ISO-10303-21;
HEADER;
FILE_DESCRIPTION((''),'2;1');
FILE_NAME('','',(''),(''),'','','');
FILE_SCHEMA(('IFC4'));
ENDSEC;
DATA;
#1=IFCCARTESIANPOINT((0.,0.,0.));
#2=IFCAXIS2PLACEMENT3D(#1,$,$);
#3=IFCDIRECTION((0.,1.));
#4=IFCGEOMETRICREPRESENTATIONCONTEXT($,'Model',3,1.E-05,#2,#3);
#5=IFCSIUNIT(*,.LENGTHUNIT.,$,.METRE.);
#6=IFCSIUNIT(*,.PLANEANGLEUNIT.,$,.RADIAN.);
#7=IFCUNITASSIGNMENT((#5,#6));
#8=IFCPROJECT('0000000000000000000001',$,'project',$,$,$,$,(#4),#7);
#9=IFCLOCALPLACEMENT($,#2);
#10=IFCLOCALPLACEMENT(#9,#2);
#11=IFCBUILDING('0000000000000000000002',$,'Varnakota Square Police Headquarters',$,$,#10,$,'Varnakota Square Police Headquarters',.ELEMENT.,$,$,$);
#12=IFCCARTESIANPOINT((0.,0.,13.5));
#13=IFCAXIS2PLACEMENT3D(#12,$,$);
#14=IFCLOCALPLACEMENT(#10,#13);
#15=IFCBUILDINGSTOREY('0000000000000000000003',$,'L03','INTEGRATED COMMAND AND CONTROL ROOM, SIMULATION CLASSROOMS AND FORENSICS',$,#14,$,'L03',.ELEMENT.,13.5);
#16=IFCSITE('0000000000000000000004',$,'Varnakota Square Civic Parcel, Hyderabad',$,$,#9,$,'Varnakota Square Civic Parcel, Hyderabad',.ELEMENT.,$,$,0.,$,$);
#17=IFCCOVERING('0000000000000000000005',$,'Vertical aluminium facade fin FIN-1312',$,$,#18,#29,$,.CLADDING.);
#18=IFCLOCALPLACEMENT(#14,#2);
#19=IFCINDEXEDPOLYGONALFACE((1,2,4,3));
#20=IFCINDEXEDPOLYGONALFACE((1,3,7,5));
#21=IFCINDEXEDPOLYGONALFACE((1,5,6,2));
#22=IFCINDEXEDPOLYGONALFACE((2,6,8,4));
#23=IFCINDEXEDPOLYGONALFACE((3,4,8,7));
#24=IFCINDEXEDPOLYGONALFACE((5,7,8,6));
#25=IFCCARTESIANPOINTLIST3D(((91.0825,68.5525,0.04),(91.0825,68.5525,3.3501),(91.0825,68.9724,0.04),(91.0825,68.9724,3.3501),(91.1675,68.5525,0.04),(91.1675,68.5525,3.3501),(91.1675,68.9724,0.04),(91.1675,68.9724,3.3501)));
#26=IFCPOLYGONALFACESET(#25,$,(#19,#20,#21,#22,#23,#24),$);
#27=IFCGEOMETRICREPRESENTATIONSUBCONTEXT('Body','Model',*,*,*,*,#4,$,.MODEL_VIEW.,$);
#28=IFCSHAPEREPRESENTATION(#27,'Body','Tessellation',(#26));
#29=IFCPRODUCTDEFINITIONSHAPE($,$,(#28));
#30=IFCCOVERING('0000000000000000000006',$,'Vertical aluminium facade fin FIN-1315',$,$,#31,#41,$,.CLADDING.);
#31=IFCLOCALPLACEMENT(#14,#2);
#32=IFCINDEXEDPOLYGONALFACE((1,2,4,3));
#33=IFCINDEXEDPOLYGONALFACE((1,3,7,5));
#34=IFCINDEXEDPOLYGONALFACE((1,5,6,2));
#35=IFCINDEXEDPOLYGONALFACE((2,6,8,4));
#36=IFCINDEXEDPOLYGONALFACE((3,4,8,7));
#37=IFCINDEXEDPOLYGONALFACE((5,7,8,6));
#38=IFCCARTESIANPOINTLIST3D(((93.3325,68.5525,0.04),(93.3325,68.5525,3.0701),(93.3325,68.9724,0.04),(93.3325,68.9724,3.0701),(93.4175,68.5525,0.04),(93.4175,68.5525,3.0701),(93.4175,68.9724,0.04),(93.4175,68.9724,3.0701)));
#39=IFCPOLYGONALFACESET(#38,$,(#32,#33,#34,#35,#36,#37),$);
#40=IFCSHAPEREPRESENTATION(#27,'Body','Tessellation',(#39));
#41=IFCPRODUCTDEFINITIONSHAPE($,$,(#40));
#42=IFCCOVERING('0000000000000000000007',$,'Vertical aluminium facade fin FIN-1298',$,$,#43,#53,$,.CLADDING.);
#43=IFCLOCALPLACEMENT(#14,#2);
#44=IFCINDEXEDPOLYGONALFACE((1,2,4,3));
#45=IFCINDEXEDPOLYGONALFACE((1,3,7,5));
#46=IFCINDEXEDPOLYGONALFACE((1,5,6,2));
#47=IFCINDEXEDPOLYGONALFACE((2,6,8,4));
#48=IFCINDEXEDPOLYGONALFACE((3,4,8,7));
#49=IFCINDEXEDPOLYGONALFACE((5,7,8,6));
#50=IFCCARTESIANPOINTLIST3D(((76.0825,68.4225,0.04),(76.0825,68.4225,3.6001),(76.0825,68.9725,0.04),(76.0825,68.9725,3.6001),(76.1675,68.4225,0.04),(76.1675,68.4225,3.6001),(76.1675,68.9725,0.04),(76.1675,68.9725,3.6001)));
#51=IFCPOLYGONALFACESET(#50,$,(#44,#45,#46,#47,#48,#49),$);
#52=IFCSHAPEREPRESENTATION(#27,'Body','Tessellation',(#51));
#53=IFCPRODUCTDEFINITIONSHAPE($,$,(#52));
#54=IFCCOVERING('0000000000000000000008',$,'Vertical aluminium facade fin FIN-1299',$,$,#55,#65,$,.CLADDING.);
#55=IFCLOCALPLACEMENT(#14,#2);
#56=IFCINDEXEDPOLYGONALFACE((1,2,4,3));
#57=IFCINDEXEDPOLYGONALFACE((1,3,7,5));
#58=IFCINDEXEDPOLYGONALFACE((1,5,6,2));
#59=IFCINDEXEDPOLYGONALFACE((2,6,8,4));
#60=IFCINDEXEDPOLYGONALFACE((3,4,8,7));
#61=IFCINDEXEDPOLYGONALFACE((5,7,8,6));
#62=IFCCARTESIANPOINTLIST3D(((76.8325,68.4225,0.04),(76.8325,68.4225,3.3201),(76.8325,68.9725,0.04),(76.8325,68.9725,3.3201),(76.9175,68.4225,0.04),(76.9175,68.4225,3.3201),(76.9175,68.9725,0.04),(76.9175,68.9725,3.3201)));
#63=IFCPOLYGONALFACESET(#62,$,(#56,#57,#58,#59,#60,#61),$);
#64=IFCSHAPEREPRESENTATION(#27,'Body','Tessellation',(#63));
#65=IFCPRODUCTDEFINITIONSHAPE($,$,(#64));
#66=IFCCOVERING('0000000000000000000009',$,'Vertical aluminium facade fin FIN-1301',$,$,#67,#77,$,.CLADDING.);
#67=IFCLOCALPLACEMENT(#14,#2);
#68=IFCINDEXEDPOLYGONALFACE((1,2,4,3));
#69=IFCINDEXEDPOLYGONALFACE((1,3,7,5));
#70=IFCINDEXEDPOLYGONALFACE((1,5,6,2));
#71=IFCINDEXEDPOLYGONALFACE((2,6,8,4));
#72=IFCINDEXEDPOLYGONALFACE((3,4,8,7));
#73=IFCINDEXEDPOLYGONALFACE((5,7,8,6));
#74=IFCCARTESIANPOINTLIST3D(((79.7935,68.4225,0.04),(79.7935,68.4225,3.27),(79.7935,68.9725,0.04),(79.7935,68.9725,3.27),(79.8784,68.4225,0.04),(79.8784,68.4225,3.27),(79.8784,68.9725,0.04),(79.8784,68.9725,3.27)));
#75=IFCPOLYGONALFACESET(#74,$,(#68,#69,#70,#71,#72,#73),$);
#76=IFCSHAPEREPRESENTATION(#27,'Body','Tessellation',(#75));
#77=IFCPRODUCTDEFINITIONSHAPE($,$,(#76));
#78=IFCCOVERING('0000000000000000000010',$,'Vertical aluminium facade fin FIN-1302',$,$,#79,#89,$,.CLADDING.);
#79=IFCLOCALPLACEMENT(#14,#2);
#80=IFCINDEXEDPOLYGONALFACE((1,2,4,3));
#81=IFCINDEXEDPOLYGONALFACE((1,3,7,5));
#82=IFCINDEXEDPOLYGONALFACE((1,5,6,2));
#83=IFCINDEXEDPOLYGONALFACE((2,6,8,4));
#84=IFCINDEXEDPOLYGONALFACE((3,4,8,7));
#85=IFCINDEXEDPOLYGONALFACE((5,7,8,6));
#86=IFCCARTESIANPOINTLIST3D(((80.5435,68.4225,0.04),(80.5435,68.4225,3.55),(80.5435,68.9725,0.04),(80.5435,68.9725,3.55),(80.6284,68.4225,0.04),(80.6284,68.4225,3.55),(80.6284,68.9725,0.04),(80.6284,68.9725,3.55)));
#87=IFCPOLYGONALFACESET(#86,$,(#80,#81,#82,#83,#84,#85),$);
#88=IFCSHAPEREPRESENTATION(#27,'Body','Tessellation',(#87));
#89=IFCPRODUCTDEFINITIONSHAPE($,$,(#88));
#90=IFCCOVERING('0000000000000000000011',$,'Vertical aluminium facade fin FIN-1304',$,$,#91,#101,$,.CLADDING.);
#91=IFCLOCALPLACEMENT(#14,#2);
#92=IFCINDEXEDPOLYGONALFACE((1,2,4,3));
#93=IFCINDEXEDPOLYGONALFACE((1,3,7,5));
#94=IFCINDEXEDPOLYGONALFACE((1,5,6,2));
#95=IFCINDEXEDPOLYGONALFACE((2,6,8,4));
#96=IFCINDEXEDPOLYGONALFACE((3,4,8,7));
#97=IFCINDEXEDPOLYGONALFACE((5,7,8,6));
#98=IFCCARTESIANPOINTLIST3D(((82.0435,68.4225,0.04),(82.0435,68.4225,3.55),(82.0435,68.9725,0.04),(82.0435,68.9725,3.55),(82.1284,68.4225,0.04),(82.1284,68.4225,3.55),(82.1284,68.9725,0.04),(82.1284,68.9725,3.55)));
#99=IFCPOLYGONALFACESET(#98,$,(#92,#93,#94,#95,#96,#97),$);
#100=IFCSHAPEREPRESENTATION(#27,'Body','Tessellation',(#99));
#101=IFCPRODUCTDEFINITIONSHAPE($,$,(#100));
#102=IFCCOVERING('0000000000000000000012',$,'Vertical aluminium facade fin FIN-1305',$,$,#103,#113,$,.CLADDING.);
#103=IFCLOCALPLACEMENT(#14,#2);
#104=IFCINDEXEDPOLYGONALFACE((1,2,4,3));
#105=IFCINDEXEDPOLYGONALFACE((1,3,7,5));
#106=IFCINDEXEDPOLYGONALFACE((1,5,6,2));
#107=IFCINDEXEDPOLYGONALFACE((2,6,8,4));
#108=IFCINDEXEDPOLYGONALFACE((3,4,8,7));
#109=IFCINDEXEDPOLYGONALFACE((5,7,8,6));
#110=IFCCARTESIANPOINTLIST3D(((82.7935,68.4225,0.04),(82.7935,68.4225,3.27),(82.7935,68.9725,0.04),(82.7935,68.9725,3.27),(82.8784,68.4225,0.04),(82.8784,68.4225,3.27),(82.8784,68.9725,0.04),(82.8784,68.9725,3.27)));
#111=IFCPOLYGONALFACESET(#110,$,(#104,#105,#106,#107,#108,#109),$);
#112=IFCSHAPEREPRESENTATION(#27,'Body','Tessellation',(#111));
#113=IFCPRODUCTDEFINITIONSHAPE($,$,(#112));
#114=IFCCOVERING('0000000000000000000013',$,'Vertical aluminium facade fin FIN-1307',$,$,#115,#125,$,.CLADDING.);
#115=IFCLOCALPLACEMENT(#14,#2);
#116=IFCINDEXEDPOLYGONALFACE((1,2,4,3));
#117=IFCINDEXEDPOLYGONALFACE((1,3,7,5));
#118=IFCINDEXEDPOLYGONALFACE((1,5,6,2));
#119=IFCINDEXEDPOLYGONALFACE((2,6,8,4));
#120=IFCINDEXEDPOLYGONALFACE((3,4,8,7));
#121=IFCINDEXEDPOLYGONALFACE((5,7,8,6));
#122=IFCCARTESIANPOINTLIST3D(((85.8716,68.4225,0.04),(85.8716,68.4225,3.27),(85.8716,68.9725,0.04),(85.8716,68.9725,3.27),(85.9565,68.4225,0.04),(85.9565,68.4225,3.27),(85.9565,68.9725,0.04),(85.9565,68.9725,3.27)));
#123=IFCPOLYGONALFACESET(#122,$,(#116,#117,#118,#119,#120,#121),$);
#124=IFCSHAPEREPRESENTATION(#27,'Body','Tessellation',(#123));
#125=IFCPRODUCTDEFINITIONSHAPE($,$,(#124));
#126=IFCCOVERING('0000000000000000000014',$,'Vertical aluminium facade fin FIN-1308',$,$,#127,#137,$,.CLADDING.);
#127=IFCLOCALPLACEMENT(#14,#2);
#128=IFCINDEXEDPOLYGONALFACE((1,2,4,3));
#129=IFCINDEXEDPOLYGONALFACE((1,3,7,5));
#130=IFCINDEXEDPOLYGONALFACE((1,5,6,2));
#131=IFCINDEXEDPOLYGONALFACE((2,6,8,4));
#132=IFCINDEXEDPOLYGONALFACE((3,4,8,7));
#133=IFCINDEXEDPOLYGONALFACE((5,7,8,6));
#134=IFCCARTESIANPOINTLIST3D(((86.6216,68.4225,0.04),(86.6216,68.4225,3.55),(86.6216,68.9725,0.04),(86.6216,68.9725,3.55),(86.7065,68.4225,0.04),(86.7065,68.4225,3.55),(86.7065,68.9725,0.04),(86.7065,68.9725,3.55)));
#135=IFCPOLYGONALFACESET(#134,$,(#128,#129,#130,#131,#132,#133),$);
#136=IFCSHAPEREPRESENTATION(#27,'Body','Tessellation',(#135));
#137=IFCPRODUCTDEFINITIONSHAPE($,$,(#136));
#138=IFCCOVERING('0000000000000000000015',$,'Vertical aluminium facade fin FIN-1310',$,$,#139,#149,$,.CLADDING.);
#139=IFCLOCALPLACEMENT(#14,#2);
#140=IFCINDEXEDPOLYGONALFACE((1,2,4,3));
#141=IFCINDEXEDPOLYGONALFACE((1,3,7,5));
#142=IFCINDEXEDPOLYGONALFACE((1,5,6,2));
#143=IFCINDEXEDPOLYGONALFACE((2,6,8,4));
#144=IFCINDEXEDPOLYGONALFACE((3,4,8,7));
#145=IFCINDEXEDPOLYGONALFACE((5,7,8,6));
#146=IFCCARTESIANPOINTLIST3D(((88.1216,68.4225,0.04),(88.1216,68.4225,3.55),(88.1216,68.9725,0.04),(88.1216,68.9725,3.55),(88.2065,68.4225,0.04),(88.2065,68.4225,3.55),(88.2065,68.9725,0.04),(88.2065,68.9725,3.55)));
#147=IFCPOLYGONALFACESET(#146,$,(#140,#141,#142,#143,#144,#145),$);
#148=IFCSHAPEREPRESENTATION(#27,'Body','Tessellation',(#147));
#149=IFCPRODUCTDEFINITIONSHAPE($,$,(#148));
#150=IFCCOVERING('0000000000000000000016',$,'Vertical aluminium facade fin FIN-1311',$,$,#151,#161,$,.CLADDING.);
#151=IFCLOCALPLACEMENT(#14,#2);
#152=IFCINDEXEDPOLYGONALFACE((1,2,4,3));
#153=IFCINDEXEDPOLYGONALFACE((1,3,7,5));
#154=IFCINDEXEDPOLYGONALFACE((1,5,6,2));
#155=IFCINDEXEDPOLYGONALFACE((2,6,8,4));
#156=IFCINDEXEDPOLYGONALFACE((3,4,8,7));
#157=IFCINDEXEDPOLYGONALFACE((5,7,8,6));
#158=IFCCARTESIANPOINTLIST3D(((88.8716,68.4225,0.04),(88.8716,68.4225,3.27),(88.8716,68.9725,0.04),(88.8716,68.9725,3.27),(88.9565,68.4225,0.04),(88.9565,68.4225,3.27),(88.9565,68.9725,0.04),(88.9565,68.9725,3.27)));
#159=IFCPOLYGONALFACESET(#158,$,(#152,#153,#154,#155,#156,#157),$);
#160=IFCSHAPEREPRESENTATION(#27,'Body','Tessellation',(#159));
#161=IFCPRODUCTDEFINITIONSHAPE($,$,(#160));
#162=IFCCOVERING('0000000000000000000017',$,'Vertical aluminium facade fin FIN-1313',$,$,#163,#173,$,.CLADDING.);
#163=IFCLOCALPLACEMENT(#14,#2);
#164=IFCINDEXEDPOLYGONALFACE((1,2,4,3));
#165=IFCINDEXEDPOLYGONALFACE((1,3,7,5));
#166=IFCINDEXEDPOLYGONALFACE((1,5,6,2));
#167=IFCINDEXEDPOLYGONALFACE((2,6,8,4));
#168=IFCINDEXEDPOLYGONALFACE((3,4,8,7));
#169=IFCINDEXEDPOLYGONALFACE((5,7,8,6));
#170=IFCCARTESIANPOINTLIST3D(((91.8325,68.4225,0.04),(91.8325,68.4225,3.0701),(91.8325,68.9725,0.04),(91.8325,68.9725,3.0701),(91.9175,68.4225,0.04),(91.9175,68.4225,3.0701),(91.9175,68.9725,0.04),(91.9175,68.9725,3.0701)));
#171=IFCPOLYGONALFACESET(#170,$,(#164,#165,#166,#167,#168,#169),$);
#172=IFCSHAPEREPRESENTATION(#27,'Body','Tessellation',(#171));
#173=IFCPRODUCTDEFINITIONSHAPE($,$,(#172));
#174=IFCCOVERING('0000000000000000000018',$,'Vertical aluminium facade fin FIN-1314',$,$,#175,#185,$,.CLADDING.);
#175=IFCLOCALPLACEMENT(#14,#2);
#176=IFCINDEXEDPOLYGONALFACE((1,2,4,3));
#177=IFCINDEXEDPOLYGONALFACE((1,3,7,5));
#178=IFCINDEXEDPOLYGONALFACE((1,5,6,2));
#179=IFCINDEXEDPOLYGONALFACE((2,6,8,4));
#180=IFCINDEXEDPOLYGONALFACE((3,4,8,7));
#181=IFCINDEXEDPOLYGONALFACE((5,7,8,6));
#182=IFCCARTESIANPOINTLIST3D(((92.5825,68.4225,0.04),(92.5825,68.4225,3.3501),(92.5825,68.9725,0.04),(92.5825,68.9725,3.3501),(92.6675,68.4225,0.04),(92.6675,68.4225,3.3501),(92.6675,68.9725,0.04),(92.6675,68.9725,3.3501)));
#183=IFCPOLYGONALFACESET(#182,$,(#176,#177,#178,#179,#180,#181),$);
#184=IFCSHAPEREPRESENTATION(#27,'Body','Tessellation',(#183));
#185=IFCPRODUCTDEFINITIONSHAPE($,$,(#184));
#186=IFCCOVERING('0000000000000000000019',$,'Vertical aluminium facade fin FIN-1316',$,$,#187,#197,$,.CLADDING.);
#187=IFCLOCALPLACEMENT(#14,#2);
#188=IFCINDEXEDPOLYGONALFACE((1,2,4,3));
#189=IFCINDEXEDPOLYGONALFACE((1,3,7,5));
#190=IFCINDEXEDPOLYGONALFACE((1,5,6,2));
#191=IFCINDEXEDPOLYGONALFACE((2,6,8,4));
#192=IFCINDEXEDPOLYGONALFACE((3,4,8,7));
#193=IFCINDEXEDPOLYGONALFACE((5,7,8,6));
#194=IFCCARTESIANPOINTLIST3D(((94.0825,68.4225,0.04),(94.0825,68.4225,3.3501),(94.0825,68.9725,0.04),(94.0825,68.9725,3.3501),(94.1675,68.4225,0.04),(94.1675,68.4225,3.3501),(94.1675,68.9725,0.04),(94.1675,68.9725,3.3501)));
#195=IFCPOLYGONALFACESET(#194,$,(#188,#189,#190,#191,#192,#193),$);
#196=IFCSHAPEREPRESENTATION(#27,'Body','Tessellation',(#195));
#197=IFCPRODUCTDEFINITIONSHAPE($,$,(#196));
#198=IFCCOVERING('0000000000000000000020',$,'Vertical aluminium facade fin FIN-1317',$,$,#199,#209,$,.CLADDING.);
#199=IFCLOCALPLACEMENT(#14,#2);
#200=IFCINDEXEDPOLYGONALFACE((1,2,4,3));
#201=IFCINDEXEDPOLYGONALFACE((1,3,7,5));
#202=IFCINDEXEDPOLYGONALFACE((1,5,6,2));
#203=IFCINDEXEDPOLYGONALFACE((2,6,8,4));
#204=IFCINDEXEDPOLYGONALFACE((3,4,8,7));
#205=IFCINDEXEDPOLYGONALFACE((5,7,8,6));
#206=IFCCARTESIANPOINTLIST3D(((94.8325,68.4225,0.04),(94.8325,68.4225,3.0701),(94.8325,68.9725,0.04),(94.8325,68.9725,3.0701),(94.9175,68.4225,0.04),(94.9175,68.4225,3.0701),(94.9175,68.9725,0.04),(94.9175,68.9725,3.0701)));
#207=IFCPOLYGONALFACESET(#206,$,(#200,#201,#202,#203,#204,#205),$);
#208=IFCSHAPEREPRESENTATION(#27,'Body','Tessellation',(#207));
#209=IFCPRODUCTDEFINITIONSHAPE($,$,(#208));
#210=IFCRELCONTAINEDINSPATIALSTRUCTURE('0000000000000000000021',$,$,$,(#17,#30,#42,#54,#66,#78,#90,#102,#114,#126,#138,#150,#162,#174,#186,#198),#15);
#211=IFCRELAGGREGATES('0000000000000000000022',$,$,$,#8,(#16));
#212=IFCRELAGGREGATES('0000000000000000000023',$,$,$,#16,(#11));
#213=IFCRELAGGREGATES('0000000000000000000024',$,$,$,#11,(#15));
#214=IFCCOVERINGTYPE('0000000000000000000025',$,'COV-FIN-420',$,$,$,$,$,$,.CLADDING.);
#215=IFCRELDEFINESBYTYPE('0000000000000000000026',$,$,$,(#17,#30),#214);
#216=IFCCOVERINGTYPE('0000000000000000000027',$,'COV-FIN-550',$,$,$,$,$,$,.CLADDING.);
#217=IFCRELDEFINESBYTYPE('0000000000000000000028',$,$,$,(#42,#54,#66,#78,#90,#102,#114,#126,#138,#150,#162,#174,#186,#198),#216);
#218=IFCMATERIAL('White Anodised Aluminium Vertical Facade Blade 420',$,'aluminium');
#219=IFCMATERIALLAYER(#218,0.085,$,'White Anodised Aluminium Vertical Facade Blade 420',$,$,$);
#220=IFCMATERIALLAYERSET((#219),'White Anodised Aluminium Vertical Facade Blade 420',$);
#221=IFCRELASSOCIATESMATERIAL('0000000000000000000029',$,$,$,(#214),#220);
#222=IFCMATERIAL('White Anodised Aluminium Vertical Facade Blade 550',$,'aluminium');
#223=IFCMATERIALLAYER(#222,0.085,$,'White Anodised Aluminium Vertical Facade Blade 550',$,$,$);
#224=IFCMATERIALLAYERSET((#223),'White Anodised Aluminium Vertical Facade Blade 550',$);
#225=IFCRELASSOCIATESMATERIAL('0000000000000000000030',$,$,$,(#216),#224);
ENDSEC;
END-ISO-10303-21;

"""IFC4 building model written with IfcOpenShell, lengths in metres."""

from ifc_helpers import new_model, si_unit, direction, frame, origin, origin_2d, place, context, subcontext, project, spatial, rectangle, extrude, material, layer, layer_set, type_object, element, save


model = new_model("IFC4")

# Units and contexts
model_context = context("Model", 3, precision=1e-05, world=origin(), true_north=direction((0.0, 1.0)))
body_context = subcontext(model_context, "Body", "Model", "MODEL_VIEW")
ifc_project = project(units=[si_unit("LENGTHUNIT", "METRE"), si_unit("PLANEANGLEUNIT", "RADIAN")], contexts=[model_context])

# Site, building, storey
site_placement = place(None, origin())
site = spatial("IfcSite", under=ifc_project, at=site_placement, Name="Varnakota Square Civic Parcel, Hyderabad", LongName="Varnakota Square Civic Parcel, Hyderabad", CompositionType="ELEMENT", RefElevation=0.0)
building_placement = place(site_placement, origin())
building = spatial("IfcBuilding", under=site, at=building_placement, Name="Varnakota Square Police Headquarters", LongName="Varnakota Square Police Headquarters", CompositionType="ELEMENT")
storey_placement = place(building_placement, frame((0.0, 0.0, 13.5)))
storey = spatial("IfcBuildingStorey", under=building, at=storey_placement, Name="L03", Description="INTEGRATED COMMAND AND CONTROL ROOM, SIMULATION CLASSROOMS AND FORENSICS", LongName="L03", CompositionType="ELEMENT", Elevation=13.5)

# Coverings
ifc_material_1 = material(Name="White Anodised Aluminium Vertical Facade Blade 420", Category="aluminium")
ifc_layer_1 = layer(ifc_material_1, 0.085, Name="White Anodised Aluminium Vertical Facade Blade 420")
ifc_layer_set_1 = layer_set([ifc_layer_1], Name="White Anodised Aluminium Vertical Facade Blade 420")
covering_type_1 = type_object("IfcCoveringType", Name="COV-FIN-420", PredefinedType="CLADDING", material=ifc_layer_set_1)
covering_1_placement = place(storey_placement, frame((91.125, 68.7625, 0.04), z_axis=(0.0, 0.0, 1.0), x_axis=(1.0, 0.0, 0.0)))
element("IfcCovering", 1, at=covering_1_placement, inside=storey, type_object=covering_type_1, Name="Vertical aluminium facade fin FIN-1312", PredefinedType="CLADDING", context=body_context, shape_type="SweptSolid", body=[
    extrude(rectangle(XDim=0.085, YDim=0.4199, at=origin_2d()), origin(), (0.0, 0.0, 1.0), 3.3101),
])
covering_2_placement = place(storey_placement, frame((93.375, 68.7625, 0.04), z_axis=(0.0, 0.0, 1.0), x_axis=(1.0, 0.0, 0.0)))
element("IfcCovering", 2, at=covering_2_placement, inside=storey, type_object=covering_type_1, Name="Vertical aluminium facade fin FIN-1315", PredefinedType="CLADDING", context=body_context, shape_type="SweptSolid", body=[
    extrude(rectangle(XDim=0.085, YDim=0.4199, at=origin_2d()), origin(), (0.0, 0.0, 1.0), 3.03),
])
ifc_material_2 = material(Name="White Anodised Aluminium Vertical Facade Blade 550", Category="aluminium")
ifc_layer_2 = layer(ifc_material_2, 0.085, Name="White Anodised Aluminium Vertical Facade Blade 550")
ifc_layer_set_2 = layer_set([ifc_layer_2], Name="White Anodised Aluminium Vertical Facade Blade 550")
covering_type_2 = type_object("IfcCoveringType", Name="COV-FIN-550", PredefinedType="CLADDING", material=ifc_layer_set_2)
covering_3_placement = place(storey_placement, frame((76.125, 68.6975, 0.04), z_axis=(0.0, 0.0, 1.0), x_axis=(1.0, 0.0, 0.0)))
element("IfcCovering", 3, at=covering_3_placement, inside=storey, type_object=covering_type_2, Name="Vertical aluminium facade fin FIN-1298", PredefinedType="CLADDING", context=body_context, shape_type="SweptSolid", body=[
    extrude(rectangle(XDim=0.085, YDim=0.55, at=origin_2d()), origin(), (0.0, 0.0, 1.0), 3.5601),
])
covering_4_placement = place(storey_placement, frame((76.875, 68.6975, 0.04), z_axis=(0.0, 0.0, 1.0), x_axis=(1.0, 0.0, 0.0)))
element("IfcCovering", 4, at=covering_4_placement, inside=storey, type_object=covering_type_2, Name="Vertical aluminium facade fin FIN-1299", PredefinedType="CLADDING", context=body_context, shape_type="SweptSolid", body=[
    extrude(rectangle(XDim=0.085, YDim=0.55, at=origin_2d()), origin(), (0.0, 0.0, 1.0), 3.28),
])
covering_5_placement = place(storey_placement, frame((79.8359, 68.6975, 0.04), z_axis=(0.0, 0.0, 1.0), x_axis=(1.0, 0.0, 0.0)))
element("IfcCovering", 5, at=covering_5_placement, inside=storey, type_object=covering_type_2, Name="Vertical aluminium facade fin FIN-1301", PredefinedType="CLADDING", context=body_context, shape_type="SweptSolid", body=[
    extrude(rectangle(XDim=0.085, YDim=0.55, at=origin_2d()), origin(), (0.0, 0.0, 1.0), 3.23),
])
for number, where, z_axis, x_axis, name in (
    (6, (80.5859, 68.6975, 0.04), (0.0, 0.0, 1.0), (1.0, 0.0, 0.0), "Vertical aluminium facade fin FIN-1302"),
    (7, (82.0859, 68.6975, 0.04), (0.0, 0.0, 1.0), (1.0, 0.0, 0.0), "Vertical aluminium facade fin FIN-1304"),
):
    element("IfcCovering", number, at=place(storey_placement, frame(where, z_axis=z_axis, x_axis=x_axis)), inside=storey, type_object=covering_type_2, Name=name, PredefinedType="CLADDING", context=body_context, shape_type="SweptSolid", body=[
        extrude(rectangle(XDim=0.085, YDim=0.55, at=origin_2d()), origin(), (0.0, 0.0, 1.0), 3.51),
    ])
for number, where, z_axis, x_axis, name in (
    (8, (82.8359, 68.6975, 0.04), (0.0, 0.0, 1.0), (1.0, 0.0, 0.0), "Vertical aluminium facade fin FIN-1305"),
    (9, (85.9141, 68.6975, 0.04), (0.0, 0.0, 1.0), (1.0, 0.0, 0.0), "Vertical aluminium facade fin FIN-1307"),
):
    element("IfcCovering", number, at=place(storey_placement, frame(where, z_axis=z_axis, x_axis=x_axis)), inside=storey, type_object=covering_type_2, Name=name, PredefinedType="CLADDING", context=body_context, shape_type="SweptSolid", body=[
        extrude(rectangle(XDim=0.085, YDim=0.55, at=origin_2d()), origin(), (0.0, 0.0, 1.0), 3.23),
    ])
for number, where, z_axis, x_axis, name in (
    (10, (86.6641, 68.6975, 0.04), (0.0, 0.0, 1.0), (1.0, 0.0, 0.0), "Vertical aluminium facade fin FIN-1308"),
    (11, (88.1641, 68.6975, 0.04), (0.0, 0.0, 1.0), (1.0, 0.0, 0.0), "Vertical aluminium facade fin FIN-1310"),
):
    element("IfcCovering", number, at=place(storey_placement, frame(where, z_axis=z_axis, x_axis=x_axis)), inside=storey, type_object=covering_type_2, Name=name, PredefinedType="CLADDING", context=body_context, shape_type="SweptSolid", body=[
        extrude(rectangle(XDim=0.085, YDim=0.55, at=origin_2d()), origin(), (0.0, 0.0, 1.0), 3.51),
    ])
covering_6_placement = place(storey_placement, frame((88.9141, 68.6975, 0.04), z_axis=(0.0, 0.0, 1.0), x_axis=(1.0, 0.0, 0.0)))
element("IfcCovering", 12, at=covering_6_placement, inside=storey, type_object=covering_type_2, Name="Vertical aluminium facade fin FIN-1311", PredefinedType="CLADDING", context=body_context, shape_type="SweptSolid", body=[
    extrude(rectangle(XDim=0.085, YDim=0.55, at=origin_2d()), origin(), (0.0, 0.0, 1.0), 3.23),
])
covering_7_placement = place(storey_placement, frame((91.875, 68.6975, 0.04), z_axis=(0.0, 0.0, 1.0), x_axis=(1.0, 0.0, 0.0)))
element("IfcCovering", 13, at=covering_7_placement, inside=storey, type_object=covering_type_2, Name="Vertical aluminium facade fin FIN-1313", PredefinedType="CLADDING", context=body_context, shape_type="SweptSolid", body=[
    extrude(rectangle(XDim=0.085, YDim=0.55, at=origin_2d()), origin(), (0.0, 0.0, 1.0), 3.03),
])
for number, where, z_axis, x_axis, name in (
    (14, (92.625, 68.6975, 0.04), (0.0, 0.0, 1.0), (1.0, 0.0, 0.0), "Vertical aluminium facade fin FIN-1314"),
    (15, (94.125, 68.6975, 0.04), (0.0, 0.0, 1.0), (1.0, 0.0, 0.0), "Vertical aluminium facade fin FIN-1316"),
):
    element("IfcCovering", number, at=place(storey_placement, frame(where, z_axis=z_axis, x_axis=x_axis)), inside=storey, type_object=covering_type_2, Name=name, PredefinedType="CLADDING", context=body_context, shape_type="SweptSolid", body=[
        extrude(rectangle(XDim=0.085, YDim=0.55, at=origin_2d()), origin(), (0.0, 0.0, 1.0), 3.3101),
    ])
covering_8_placement = place(storey_placement, frame((94.875, 68.6975, 0.04), z_axis=(0.0, 0.0, 1.0), x_axis=(1.0, 0.0, 0.0)))
element("IfcCovering", 16, at=covering_8_placement, inside=storey, type_object=covering_type_2, Name="Vertical aluminium facade fin FIN-1317", PredefinedType="CLADDING", context=body_context, shape_type="SweptSolid", body=[
    extrude(rectangle(XDim=0.085, YDim=0.55, at=origin_2d()), origin(), (0.0, 0.0, 1.0), 3.03),
])

save(model, "model.ifc")
